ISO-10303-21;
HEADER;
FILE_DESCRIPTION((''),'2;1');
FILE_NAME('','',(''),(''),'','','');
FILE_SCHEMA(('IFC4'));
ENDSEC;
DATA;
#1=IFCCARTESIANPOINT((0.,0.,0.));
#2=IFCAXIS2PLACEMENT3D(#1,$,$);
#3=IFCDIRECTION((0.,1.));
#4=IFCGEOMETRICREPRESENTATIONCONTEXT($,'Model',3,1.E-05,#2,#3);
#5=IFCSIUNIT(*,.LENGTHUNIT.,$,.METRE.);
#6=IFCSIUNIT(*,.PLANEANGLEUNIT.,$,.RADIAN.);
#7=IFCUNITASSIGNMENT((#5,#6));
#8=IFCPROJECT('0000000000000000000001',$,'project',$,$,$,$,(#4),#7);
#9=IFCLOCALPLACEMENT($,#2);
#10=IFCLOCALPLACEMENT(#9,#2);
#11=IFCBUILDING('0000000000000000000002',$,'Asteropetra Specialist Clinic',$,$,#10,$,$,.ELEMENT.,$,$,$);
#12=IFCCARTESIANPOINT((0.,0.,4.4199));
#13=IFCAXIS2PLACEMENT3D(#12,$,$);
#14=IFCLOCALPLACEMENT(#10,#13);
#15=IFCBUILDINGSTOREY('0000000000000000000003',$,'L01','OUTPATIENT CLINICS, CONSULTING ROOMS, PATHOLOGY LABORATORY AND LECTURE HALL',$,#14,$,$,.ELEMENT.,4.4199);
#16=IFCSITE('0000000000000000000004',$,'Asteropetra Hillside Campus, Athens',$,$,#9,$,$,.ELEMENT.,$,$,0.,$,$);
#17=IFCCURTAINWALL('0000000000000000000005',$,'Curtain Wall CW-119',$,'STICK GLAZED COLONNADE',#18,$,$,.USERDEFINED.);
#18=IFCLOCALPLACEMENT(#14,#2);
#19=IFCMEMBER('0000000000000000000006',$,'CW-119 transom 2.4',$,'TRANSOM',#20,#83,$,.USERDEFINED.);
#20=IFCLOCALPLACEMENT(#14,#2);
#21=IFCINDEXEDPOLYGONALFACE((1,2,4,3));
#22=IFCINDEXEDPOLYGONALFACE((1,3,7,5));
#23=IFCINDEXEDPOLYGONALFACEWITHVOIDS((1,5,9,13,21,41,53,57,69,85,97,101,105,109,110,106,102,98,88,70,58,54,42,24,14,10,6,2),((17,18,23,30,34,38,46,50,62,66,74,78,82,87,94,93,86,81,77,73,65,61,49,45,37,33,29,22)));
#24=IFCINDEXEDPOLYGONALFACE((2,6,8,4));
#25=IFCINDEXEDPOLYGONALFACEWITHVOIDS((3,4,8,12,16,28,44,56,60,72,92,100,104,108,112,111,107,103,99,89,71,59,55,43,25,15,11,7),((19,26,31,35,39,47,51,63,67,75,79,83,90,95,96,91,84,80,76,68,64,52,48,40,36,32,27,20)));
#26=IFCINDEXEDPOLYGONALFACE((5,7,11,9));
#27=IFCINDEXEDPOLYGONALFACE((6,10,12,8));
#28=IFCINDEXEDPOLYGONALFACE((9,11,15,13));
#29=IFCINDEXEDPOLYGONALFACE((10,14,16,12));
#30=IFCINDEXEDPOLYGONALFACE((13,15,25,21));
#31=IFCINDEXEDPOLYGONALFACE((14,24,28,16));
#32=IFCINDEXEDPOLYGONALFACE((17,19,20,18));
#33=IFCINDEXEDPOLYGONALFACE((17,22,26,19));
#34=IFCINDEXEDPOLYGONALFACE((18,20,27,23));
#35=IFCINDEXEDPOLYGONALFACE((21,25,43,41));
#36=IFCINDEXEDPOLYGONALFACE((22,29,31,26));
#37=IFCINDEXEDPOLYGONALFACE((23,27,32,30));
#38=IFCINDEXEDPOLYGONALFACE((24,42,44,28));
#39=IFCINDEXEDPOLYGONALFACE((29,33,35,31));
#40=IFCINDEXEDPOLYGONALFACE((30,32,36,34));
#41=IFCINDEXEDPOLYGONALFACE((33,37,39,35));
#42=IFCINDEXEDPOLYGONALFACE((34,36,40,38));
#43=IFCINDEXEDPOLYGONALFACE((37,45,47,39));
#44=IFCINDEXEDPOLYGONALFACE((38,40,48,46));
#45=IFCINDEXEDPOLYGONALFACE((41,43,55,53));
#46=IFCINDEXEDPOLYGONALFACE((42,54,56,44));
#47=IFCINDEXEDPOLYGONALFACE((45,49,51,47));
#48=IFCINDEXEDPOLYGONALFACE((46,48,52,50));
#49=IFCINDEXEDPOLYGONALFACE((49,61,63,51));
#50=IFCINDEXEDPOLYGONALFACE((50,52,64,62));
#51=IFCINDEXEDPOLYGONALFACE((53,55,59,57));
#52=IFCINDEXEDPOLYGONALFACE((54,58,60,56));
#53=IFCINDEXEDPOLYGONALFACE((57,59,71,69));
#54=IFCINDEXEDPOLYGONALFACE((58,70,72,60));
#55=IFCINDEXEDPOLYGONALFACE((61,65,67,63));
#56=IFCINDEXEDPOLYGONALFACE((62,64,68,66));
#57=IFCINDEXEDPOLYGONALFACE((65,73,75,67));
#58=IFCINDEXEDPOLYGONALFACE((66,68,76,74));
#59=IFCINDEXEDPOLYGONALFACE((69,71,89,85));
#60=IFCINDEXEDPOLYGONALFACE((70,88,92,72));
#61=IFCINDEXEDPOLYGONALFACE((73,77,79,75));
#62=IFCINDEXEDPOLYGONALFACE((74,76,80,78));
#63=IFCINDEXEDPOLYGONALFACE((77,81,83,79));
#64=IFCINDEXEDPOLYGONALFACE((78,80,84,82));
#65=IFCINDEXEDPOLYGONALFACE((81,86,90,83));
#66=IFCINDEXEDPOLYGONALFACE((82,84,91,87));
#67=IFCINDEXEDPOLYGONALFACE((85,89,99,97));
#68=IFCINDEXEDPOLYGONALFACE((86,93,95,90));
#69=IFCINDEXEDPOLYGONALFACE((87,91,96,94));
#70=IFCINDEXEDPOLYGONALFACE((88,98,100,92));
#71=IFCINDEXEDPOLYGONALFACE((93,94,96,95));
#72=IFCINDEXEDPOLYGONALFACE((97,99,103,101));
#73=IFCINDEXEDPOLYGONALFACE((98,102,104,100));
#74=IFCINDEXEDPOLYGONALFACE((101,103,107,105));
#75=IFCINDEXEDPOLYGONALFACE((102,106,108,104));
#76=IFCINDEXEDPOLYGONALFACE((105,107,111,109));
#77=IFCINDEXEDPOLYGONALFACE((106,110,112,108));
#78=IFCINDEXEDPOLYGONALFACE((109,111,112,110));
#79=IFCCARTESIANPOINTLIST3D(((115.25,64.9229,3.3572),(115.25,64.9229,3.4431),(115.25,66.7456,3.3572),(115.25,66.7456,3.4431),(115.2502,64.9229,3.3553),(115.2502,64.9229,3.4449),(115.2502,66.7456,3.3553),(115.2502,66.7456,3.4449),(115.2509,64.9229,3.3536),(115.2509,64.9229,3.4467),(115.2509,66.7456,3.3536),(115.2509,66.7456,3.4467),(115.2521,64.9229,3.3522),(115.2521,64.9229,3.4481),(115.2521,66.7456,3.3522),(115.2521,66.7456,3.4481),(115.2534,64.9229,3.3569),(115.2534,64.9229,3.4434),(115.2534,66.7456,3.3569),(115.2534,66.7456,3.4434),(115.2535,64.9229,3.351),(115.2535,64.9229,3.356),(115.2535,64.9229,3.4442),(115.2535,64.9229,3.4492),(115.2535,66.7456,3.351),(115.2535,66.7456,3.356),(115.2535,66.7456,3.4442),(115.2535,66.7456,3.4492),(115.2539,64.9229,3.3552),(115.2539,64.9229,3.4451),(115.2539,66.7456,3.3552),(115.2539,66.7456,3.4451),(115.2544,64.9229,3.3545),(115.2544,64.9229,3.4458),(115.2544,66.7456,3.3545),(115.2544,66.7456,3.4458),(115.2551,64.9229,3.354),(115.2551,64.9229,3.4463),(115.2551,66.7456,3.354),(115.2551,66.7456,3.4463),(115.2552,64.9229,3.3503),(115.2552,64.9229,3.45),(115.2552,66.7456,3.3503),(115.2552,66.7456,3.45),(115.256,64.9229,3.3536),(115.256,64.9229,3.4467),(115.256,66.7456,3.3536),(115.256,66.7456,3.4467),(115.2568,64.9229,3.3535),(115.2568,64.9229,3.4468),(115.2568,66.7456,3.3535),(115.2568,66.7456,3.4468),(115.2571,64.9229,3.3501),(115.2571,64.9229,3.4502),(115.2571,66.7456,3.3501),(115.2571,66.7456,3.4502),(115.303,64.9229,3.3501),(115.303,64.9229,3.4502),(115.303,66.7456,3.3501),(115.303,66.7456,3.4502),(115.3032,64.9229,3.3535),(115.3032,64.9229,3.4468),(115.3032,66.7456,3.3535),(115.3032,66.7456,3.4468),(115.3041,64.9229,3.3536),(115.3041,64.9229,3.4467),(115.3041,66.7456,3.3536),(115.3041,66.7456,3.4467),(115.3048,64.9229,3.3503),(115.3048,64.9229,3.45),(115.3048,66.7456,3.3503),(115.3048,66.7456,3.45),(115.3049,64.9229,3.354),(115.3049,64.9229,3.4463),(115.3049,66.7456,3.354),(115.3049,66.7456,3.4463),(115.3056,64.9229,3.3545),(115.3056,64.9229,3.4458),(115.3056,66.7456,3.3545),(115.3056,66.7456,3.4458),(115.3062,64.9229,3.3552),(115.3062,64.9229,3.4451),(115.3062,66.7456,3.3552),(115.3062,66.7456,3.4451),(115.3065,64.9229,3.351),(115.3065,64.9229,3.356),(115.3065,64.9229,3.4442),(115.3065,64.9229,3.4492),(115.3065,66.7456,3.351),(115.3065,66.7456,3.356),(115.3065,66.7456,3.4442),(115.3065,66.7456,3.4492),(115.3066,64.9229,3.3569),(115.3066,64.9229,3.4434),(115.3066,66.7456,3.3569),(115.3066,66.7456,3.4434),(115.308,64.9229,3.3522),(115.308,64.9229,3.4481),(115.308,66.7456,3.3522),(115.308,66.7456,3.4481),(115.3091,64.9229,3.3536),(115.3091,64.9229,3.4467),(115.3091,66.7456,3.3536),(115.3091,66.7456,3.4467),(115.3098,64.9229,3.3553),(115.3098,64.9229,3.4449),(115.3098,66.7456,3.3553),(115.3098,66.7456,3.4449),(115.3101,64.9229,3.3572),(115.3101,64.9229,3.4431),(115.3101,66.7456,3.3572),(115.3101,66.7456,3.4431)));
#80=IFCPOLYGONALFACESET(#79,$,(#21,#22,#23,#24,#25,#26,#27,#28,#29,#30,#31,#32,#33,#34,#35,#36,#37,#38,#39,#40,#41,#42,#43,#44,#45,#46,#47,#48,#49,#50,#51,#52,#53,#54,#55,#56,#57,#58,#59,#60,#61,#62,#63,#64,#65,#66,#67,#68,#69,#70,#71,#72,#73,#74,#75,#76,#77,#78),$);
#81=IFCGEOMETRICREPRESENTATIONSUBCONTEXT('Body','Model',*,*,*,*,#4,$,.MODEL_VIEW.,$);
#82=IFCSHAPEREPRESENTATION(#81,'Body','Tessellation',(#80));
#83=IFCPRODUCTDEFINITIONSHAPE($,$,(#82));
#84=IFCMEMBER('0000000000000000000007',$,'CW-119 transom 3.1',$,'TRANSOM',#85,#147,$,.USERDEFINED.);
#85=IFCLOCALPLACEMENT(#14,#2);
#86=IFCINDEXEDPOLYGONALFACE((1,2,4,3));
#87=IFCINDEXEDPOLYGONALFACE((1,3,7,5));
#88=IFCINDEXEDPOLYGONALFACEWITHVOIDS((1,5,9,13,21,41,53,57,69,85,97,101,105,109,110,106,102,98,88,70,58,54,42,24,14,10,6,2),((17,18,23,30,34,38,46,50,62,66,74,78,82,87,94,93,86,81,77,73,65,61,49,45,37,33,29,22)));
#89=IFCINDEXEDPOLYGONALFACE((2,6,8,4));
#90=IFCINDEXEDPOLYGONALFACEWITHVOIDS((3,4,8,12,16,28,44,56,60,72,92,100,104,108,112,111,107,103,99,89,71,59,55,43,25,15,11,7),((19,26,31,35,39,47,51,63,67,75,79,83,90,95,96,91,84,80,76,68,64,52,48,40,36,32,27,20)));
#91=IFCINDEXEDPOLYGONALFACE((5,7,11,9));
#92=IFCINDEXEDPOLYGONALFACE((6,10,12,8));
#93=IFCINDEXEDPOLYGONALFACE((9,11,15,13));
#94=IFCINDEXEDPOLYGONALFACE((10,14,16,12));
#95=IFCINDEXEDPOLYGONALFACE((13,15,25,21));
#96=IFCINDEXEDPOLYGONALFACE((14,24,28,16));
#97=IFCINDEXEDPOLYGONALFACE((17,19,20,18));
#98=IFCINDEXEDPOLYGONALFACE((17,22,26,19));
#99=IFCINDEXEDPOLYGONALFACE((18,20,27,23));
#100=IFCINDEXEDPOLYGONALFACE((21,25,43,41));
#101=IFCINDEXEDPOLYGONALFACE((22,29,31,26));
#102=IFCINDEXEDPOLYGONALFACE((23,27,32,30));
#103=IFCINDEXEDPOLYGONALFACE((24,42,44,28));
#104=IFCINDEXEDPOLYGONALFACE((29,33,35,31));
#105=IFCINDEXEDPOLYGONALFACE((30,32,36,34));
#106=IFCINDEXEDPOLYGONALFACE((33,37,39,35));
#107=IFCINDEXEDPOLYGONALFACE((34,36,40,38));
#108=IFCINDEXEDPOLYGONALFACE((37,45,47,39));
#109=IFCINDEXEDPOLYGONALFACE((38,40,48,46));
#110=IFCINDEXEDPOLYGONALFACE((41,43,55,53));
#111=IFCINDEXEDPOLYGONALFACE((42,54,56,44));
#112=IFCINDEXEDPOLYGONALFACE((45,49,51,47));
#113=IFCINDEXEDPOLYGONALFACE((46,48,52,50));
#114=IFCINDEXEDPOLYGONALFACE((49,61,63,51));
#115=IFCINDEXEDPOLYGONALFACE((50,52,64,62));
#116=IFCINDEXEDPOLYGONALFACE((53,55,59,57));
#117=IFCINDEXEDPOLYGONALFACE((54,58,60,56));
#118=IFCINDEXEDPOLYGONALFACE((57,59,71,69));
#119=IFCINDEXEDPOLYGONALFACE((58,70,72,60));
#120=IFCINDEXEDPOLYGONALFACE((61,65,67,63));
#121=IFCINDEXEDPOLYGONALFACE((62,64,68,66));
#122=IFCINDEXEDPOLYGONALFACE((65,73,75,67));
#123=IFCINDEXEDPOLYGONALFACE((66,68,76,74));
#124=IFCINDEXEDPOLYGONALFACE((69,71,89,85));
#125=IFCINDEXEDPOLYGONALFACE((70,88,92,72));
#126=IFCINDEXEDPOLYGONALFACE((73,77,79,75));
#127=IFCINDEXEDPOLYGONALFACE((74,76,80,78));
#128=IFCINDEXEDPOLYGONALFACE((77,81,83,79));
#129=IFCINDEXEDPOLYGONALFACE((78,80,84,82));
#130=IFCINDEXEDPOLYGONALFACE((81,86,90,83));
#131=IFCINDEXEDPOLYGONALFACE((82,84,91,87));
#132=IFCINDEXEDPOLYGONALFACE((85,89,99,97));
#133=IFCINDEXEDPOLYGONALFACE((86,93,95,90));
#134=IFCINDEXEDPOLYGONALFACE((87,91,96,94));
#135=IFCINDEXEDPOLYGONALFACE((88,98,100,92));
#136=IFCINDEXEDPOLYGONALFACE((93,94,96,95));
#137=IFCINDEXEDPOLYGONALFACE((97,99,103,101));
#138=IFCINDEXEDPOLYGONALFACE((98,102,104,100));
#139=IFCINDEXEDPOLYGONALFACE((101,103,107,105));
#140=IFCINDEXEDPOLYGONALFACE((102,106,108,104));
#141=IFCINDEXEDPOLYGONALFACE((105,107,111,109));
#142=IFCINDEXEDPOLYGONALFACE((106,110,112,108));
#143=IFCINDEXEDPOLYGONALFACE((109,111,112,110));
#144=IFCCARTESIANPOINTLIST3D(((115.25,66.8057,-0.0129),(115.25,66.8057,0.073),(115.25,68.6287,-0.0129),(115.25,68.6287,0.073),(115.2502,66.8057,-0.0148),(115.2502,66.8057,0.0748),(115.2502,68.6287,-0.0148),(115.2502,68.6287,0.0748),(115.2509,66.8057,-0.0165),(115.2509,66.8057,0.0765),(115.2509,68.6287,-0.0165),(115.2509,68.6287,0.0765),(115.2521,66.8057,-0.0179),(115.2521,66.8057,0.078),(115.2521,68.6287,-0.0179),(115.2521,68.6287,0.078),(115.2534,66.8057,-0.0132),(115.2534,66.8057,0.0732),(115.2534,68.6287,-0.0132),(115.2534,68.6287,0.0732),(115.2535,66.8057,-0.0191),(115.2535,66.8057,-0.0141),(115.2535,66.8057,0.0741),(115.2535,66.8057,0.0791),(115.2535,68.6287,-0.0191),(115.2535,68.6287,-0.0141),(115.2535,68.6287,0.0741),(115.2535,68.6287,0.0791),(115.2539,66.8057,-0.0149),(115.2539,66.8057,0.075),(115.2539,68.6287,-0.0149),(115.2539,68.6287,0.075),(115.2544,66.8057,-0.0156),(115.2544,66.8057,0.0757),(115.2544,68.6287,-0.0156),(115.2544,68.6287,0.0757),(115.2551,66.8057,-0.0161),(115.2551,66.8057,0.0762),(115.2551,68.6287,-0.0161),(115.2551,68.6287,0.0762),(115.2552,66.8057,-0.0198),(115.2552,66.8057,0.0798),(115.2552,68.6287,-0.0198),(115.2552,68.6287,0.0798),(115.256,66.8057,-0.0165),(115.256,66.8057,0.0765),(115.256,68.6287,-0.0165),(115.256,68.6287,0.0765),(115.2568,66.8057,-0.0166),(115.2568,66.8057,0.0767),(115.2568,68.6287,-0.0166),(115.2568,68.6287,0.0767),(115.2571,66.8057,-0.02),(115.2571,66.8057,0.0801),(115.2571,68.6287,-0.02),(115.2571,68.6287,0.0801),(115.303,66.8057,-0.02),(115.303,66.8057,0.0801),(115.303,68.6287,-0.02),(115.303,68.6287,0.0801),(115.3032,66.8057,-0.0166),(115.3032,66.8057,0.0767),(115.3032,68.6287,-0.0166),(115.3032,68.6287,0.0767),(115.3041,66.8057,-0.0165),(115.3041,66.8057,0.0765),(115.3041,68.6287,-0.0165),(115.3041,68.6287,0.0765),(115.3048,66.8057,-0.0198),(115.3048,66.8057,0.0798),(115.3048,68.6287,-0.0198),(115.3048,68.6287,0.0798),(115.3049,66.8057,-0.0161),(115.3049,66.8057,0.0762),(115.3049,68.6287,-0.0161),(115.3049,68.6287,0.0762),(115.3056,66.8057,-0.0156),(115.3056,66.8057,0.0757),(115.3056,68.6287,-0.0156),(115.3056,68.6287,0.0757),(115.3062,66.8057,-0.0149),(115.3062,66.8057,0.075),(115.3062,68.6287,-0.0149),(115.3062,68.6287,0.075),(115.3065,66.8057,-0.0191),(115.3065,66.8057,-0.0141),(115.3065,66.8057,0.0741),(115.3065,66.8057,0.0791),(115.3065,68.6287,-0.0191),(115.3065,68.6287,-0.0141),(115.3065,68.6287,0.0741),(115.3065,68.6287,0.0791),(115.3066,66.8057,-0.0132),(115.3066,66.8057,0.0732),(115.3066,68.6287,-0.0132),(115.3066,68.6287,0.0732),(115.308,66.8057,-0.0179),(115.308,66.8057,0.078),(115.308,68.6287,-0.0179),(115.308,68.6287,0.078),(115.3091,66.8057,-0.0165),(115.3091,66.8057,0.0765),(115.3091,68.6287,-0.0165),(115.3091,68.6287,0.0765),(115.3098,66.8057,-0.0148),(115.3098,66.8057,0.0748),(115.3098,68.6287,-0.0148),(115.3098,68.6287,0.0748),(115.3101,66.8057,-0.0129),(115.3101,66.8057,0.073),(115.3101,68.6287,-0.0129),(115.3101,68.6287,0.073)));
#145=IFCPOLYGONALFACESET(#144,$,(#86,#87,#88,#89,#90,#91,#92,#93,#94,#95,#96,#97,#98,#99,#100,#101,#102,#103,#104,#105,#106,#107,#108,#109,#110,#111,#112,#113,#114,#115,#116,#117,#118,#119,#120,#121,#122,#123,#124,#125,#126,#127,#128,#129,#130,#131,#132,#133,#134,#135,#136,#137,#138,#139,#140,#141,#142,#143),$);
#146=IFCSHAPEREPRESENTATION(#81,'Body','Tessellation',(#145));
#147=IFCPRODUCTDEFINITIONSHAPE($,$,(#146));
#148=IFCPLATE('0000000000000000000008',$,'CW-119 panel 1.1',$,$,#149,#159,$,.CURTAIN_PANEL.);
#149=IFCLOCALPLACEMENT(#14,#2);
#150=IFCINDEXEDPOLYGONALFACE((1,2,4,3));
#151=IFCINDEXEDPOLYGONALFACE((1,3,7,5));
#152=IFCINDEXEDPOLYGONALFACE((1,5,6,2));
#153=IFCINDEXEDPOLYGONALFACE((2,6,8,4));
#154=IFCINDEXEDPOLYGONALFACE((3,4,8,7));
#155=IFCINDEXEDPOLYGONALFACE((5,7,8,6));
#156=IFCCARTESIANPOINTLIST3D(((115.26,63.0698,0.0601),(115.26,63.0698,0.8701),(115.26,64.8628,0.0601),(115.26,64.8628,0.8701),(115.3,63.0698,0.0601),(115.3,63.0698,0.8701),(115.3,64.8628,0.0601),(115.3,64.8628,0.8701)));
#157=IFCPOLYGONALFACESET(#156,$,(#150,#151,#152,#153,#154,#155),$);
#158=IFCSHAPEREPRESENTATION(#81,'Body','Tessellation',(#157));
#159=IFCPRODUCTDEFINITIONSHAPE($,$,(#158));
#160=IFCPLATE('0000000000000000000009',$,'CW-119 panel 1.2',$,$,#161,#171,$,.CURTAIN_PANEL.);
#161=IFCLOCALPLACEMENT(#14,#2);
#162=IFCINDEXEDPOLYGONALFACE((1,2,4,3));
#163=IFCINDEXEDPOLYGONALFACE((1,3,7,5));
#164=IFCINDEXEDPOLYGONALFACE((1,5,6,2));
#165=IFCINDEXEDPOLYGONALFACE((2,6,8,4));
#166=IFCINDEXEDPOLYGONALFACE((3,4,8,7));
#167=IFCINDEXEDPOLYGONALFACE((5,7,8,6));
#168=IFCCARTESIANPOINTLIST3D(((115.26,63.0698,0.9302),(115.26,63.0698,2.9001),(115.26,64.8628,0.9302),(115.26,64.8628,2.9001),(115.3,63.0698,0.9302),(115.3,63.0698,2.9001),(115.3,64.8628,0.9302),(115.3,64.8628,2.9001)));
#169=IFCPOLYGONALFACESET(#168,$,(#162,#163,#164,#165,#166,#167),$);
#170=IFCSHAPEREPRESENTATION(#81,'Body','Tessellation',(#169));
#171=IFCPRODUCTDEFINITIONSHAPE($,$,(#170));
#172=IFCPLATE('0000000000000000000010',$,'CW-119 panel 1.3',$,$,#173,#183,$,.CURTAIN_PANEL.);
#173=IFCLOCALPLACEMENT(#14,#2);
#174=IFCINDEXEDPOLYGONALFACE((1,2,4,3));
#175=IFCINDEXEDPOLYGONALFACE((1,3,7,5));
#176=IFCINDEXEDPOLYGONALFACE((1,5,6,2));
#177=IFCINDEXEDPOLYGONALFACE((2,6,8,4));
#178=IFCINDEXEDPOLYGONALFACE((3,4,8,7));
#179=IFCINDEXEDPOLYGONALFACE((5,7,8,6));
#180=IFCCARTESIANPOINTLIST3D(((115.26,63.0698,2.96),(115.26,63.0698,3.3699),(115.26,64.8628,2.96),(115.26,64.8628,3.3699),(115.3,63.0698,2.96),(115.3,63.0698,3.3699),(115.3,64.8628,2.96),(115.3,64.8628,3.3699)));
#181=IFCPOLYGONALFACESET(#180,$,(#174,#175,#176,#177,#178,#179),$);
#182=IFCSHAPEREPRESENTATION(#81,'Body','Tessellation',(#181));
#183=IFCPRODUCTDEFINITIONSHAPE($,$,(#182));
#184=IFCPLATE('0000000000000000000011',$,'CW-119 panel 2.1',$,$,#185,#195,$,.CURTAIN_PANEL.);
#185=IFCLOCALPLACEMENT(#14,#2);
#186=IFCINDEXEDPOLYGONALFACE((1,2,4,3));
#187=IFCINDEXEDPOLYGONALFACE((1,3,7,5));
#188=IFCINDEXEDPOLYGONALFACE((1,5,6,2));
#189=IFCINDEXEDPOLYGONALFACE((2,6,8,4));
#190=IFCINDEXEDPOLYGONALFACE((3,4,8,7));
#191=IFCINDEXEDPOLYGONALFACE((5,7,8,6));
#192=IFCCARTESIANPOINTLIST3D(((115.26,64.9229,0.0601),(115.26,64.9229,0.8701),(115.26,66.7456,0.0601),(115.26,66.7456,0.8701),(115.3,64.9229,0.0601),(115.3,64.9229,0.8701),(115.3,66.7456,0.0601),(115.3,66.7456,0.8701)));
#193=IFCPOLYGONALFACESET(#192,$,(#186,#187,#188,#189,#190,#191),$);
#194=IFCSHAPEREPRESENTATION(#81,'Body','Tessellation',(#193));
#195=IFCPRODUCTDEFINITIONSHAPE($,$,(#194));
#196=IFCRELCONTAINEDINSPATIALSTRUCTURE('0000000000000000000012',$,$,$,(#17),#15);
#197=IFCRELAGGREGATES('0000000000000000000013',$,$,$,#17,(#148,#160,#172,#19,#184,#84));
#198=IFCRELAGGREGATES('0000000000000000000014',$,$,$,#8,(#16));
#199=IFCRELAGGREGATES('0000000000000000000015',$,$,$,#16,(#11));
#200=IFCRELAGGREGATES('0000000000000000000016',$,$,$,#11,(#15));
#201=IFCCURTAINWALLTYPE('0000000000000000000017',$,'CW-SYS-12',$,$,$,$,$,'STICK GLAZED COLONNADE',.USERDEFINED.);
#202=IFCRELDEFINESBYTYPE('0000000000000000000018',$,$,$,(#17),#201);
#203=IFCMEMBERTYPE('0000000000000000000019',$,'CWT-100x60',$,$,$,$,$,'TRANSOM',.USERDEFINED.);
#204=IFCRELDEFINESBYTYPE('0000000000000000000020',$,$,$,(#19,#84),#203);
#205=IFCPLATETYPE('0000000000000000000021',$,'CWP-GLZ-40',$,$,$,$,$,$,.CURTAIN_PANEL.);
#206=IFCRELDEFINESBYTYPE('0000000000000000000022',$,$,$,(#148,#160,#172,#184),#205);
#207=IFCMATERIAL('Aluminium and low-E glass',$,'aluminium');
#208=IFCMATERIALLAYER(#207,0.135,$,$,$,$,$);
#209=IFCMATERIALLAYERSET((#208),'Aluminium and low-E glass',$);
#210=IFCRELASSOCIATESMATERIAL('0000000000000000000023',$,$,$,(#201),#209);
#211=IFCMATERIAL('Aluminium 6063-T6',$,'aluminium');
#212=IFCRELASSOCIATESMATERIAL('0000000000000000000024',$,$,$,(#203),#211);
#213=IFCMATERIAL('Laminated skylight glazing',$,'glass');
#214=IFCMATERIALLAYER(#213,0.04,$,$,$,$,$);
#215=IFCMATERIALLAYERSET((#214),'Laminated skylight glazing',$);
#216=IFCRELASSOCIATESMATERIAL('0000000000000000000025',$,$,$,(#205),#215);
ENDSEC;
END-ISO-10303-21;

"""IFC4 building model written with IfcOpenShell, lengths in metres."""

from ifc_helpers import new_model, si_unit, direction, frame, origin, origin_2d, place, context, subcontext, project, spatial, rectangle, hollow_rectangle, extrude, material, layer, layer_set, material_profile, profile_set, type_object, element, aggregate, save


model = new_model("IFC4")

# Units and contexts
model_context = context("Model", 3, precision=1e-05, world=origin(), true_north=direction((0.0, 1.0)))
body_context = subcontext(model_context, "Body", "Model", "MODEL_VIEW")
ifc_project = project(units=[si_unit("LENGTHUNIT", "METRE"), si_unit("PLANEANGLEUNIT", "RADIAN")], contexts=[model_context])

# Site, building, storey
site_placement = place(None, origin())
site = spatial("IfcSite", under=ifc_project, at=site_placement, Name="Asteropetra Hillside Campus, Athens", CompositionType="ELEMENT", RefElevation=0.0)
building_placement = place(site_placement, origin())
building = spatial("IfcBuilding", under=site, at=building_placement, Name="Asteropetra Specialist Clinic", CompositionType="ELEMENT")
storey_placement = place(building_placement, frame((0.0, 0.0, 4.4199)))
storey = spatial("IfcBuildingStorey", under=building, at=storey_placement, Name="L01", Description="OUTPATIENT CLINICS, CONSULTING ROOMS, PATHOLOGY LABORATORY AND LECTURE HALL", CompositionType="ELEMENT", Elevation=4.4199)

# Curtain wall, members, plates
ifc_material_1 = material(Name="Aluminium and low-E glass", Category="aluminium")
ifc_layer_1 = layer(ifc_material_1, 0.135)
ifc_layer_set_1 = layer_set([ifc_layer_1], Name="Aluminium and low-E glass")
curtain_wall_type = type_object("IfcCurtainWallType", Name="CW-SYS-12", ElementType="STICK GLAZED COLONNADE", PredefinedType="USERDEFINED", material=ifc_layer_set_1)
curtain_wall_placement = place(storey_placement, origin())
curtain_wall = element("IfcCurtainWall", 1, at=curtain_wall_placement, inside=storey, type_object=curtain_wall_type, Name="Curtain Wall CW-119", ObjectType="STICK GLAZED COLONNADE", PredefinedType="USERDEFINED")
ifc_material_2 = material(Name="Aluminium 6063-T6", Category="aluminium")
ifc_material_profile_1 = material_profile(ifc_material_2, hollow_rectangle(XDim=0.0601, YDim=0.1001, WallThickness=0.0034, InnerFilletRadius=0.0034, OuterFilletRadius=0.0071, at=origin_2d()), Name="TRN 100x60x3.5")
ifc_profile_set_1 = profile_set([ifc_material_profile_1], Name="Aluminium 6063-T6")
member_type_1 = type_object("IfcMemberType", Name="CWT-100x60", ElementType="TRANSOM", PredefinedType="USERDEFINED", material=ifc_profile_set_1)
member_1_placement = place(storey_placement, frame((115.28, 64.9229, 3.4001), z_axis=(0.0, 1.0, 0.0), x_axis=(-1.0, 0.0, 0.0)))
member_1 = element("IfcMember", 2, at=member_1_placement, type_object=member_type_1, Name="CW-119 transom 2.4", ObjectType="TRANSOM", PredefinedType="USERDEFINED", context=body_context, shape_type="SweptSolid", body=[
    extrude(hollow_rectangle(XDim=0.0601, YDim=0.1001, WallThickness=0.0034, InnerFilletRadius=0.0034, OuterFilletRadius=0.0071, at=origin_2d()), origin(), (0.0, 0.0, 1.0), 1.8228),
])
member_2_placement = place(storey_placement, frame((115.28, 66.8057, 0.03), z_axis=(0.0, 1.0, 0.0), x_axis=(-1.0, 0.0, 0.0)))
member_2 = element("IfcMember", 3, at=member_2_placement, type_object=member_type_1, Name="CW-119 transom 3.1", ObjectType="TRANSOM", PredefinedType="USERDEFINED", context=body_context, shape_type="SweptSolid", body=[
    extrude(hollow_rectangle(XDim=0.0601, YDim=0.1001, WallThickness=0.0034, InnerFilletRadius=0.0034, OuterFilletRadius=0.0071, at=origin_2d()), origin(), (0.0, 0.0, 1.0), 1.823),
])
ifc_material_3 = material(Name="Laminated skylight glazing", Category="glass")
ifc_layer_2 = layer(ifc_material_3, 0.04)
ifc_layer_set_2 = layer_set([ifc_layer_2], Name="Laminated skylight glazing")
plate_type = type_object("IfcPlateType", Name="CWP-GLZ-40", PredefinedType="CURTAIN_PANEL", material=ifc_layer_set_2)
plate_1_placement = place(storey_placement, frame((115.28, 63.9663, 0.0601), z_axis=(0.0, 0.0, 1.0), x_axis=(0.0, 1.0, 0.0)))
plate_1 = element("IfcPlate", 4, at=plate_1_placement, type_object=plate_type, Name="CW-119 panel 1.1", PredefinedType="CURTAIN_PANEL", context=body_context, shape_type="SweptSolid", body=[
    extrude(rectangle(XDim=1.793, YDim=0.04, at=origin_2d()), origin(), (0.0, 0.0, 1.0), 0.8101),
])
plate_2_placement = place(storey_placement, frame((115.28, 63.9663, 0.9302), z_axis=(0.0, 0.0, 1.0), x_axis=(0.0, 1.0, 0.0)))
plate_2 = element("IfcPlate", 5, at=plate_2_placement, type_object=plate_type, Name="CW-119 panel 1.2", PredefinedType="CURTAIN_PANEL", context=body_context, shape_type="SweptSolid", body=[
    extrude(rectangle(XDim=1.793, YDim=0.04, at=origin_2d()), origin(), (0.0, 0.0, 1.0), 1.97),
])
plate_3_placement = place(storey_placement, frame((115.28, 63.9663, 2.96), z_axis=(0.0, 0.0, 1.0), x_axis=(0.0, 1.0, 0.0)))
plate_3 = element("IfcPlate", 6, at=plate_3_placement, type_object=plate_type, Name="CW-119 panel 1.3", PredefinedType="CURTAIN_PANEL", context=body_context, shape_type="SweptSolid", body=[
    extrude(rectangle(XDim=1.793, YDim=0.04, at=origin_2d()), origin(), (0.0, 0.0, 1.0), 0.4099),
])
plate_4_placement = place(storey_placement, frame((115.28, 65.8342, 0.0601), z_axis=(0.0, 0.0, 1.0), x_axis=(0.0, 1.0, 0.0)))
plate_4 = element("IfcPlate", 7, at=plate_4_placement, type_object=plate_type, Name="CW-119 panel 2.1", PredefinedType="CURTAIN_PANEL", context=body_context, shape_type="SweptSolid", body=[
    extrude(rectangle(XDim=1.8228, YDim=0.04, at=origin_2d()), origin(), (0.0, 0.0, 1.0), 0.8101),
])
aggregate(curtain_wall, [plate_1, plate_2, plate_3, member_1, plate_4, member_2])

save(model, "model.ifc")
